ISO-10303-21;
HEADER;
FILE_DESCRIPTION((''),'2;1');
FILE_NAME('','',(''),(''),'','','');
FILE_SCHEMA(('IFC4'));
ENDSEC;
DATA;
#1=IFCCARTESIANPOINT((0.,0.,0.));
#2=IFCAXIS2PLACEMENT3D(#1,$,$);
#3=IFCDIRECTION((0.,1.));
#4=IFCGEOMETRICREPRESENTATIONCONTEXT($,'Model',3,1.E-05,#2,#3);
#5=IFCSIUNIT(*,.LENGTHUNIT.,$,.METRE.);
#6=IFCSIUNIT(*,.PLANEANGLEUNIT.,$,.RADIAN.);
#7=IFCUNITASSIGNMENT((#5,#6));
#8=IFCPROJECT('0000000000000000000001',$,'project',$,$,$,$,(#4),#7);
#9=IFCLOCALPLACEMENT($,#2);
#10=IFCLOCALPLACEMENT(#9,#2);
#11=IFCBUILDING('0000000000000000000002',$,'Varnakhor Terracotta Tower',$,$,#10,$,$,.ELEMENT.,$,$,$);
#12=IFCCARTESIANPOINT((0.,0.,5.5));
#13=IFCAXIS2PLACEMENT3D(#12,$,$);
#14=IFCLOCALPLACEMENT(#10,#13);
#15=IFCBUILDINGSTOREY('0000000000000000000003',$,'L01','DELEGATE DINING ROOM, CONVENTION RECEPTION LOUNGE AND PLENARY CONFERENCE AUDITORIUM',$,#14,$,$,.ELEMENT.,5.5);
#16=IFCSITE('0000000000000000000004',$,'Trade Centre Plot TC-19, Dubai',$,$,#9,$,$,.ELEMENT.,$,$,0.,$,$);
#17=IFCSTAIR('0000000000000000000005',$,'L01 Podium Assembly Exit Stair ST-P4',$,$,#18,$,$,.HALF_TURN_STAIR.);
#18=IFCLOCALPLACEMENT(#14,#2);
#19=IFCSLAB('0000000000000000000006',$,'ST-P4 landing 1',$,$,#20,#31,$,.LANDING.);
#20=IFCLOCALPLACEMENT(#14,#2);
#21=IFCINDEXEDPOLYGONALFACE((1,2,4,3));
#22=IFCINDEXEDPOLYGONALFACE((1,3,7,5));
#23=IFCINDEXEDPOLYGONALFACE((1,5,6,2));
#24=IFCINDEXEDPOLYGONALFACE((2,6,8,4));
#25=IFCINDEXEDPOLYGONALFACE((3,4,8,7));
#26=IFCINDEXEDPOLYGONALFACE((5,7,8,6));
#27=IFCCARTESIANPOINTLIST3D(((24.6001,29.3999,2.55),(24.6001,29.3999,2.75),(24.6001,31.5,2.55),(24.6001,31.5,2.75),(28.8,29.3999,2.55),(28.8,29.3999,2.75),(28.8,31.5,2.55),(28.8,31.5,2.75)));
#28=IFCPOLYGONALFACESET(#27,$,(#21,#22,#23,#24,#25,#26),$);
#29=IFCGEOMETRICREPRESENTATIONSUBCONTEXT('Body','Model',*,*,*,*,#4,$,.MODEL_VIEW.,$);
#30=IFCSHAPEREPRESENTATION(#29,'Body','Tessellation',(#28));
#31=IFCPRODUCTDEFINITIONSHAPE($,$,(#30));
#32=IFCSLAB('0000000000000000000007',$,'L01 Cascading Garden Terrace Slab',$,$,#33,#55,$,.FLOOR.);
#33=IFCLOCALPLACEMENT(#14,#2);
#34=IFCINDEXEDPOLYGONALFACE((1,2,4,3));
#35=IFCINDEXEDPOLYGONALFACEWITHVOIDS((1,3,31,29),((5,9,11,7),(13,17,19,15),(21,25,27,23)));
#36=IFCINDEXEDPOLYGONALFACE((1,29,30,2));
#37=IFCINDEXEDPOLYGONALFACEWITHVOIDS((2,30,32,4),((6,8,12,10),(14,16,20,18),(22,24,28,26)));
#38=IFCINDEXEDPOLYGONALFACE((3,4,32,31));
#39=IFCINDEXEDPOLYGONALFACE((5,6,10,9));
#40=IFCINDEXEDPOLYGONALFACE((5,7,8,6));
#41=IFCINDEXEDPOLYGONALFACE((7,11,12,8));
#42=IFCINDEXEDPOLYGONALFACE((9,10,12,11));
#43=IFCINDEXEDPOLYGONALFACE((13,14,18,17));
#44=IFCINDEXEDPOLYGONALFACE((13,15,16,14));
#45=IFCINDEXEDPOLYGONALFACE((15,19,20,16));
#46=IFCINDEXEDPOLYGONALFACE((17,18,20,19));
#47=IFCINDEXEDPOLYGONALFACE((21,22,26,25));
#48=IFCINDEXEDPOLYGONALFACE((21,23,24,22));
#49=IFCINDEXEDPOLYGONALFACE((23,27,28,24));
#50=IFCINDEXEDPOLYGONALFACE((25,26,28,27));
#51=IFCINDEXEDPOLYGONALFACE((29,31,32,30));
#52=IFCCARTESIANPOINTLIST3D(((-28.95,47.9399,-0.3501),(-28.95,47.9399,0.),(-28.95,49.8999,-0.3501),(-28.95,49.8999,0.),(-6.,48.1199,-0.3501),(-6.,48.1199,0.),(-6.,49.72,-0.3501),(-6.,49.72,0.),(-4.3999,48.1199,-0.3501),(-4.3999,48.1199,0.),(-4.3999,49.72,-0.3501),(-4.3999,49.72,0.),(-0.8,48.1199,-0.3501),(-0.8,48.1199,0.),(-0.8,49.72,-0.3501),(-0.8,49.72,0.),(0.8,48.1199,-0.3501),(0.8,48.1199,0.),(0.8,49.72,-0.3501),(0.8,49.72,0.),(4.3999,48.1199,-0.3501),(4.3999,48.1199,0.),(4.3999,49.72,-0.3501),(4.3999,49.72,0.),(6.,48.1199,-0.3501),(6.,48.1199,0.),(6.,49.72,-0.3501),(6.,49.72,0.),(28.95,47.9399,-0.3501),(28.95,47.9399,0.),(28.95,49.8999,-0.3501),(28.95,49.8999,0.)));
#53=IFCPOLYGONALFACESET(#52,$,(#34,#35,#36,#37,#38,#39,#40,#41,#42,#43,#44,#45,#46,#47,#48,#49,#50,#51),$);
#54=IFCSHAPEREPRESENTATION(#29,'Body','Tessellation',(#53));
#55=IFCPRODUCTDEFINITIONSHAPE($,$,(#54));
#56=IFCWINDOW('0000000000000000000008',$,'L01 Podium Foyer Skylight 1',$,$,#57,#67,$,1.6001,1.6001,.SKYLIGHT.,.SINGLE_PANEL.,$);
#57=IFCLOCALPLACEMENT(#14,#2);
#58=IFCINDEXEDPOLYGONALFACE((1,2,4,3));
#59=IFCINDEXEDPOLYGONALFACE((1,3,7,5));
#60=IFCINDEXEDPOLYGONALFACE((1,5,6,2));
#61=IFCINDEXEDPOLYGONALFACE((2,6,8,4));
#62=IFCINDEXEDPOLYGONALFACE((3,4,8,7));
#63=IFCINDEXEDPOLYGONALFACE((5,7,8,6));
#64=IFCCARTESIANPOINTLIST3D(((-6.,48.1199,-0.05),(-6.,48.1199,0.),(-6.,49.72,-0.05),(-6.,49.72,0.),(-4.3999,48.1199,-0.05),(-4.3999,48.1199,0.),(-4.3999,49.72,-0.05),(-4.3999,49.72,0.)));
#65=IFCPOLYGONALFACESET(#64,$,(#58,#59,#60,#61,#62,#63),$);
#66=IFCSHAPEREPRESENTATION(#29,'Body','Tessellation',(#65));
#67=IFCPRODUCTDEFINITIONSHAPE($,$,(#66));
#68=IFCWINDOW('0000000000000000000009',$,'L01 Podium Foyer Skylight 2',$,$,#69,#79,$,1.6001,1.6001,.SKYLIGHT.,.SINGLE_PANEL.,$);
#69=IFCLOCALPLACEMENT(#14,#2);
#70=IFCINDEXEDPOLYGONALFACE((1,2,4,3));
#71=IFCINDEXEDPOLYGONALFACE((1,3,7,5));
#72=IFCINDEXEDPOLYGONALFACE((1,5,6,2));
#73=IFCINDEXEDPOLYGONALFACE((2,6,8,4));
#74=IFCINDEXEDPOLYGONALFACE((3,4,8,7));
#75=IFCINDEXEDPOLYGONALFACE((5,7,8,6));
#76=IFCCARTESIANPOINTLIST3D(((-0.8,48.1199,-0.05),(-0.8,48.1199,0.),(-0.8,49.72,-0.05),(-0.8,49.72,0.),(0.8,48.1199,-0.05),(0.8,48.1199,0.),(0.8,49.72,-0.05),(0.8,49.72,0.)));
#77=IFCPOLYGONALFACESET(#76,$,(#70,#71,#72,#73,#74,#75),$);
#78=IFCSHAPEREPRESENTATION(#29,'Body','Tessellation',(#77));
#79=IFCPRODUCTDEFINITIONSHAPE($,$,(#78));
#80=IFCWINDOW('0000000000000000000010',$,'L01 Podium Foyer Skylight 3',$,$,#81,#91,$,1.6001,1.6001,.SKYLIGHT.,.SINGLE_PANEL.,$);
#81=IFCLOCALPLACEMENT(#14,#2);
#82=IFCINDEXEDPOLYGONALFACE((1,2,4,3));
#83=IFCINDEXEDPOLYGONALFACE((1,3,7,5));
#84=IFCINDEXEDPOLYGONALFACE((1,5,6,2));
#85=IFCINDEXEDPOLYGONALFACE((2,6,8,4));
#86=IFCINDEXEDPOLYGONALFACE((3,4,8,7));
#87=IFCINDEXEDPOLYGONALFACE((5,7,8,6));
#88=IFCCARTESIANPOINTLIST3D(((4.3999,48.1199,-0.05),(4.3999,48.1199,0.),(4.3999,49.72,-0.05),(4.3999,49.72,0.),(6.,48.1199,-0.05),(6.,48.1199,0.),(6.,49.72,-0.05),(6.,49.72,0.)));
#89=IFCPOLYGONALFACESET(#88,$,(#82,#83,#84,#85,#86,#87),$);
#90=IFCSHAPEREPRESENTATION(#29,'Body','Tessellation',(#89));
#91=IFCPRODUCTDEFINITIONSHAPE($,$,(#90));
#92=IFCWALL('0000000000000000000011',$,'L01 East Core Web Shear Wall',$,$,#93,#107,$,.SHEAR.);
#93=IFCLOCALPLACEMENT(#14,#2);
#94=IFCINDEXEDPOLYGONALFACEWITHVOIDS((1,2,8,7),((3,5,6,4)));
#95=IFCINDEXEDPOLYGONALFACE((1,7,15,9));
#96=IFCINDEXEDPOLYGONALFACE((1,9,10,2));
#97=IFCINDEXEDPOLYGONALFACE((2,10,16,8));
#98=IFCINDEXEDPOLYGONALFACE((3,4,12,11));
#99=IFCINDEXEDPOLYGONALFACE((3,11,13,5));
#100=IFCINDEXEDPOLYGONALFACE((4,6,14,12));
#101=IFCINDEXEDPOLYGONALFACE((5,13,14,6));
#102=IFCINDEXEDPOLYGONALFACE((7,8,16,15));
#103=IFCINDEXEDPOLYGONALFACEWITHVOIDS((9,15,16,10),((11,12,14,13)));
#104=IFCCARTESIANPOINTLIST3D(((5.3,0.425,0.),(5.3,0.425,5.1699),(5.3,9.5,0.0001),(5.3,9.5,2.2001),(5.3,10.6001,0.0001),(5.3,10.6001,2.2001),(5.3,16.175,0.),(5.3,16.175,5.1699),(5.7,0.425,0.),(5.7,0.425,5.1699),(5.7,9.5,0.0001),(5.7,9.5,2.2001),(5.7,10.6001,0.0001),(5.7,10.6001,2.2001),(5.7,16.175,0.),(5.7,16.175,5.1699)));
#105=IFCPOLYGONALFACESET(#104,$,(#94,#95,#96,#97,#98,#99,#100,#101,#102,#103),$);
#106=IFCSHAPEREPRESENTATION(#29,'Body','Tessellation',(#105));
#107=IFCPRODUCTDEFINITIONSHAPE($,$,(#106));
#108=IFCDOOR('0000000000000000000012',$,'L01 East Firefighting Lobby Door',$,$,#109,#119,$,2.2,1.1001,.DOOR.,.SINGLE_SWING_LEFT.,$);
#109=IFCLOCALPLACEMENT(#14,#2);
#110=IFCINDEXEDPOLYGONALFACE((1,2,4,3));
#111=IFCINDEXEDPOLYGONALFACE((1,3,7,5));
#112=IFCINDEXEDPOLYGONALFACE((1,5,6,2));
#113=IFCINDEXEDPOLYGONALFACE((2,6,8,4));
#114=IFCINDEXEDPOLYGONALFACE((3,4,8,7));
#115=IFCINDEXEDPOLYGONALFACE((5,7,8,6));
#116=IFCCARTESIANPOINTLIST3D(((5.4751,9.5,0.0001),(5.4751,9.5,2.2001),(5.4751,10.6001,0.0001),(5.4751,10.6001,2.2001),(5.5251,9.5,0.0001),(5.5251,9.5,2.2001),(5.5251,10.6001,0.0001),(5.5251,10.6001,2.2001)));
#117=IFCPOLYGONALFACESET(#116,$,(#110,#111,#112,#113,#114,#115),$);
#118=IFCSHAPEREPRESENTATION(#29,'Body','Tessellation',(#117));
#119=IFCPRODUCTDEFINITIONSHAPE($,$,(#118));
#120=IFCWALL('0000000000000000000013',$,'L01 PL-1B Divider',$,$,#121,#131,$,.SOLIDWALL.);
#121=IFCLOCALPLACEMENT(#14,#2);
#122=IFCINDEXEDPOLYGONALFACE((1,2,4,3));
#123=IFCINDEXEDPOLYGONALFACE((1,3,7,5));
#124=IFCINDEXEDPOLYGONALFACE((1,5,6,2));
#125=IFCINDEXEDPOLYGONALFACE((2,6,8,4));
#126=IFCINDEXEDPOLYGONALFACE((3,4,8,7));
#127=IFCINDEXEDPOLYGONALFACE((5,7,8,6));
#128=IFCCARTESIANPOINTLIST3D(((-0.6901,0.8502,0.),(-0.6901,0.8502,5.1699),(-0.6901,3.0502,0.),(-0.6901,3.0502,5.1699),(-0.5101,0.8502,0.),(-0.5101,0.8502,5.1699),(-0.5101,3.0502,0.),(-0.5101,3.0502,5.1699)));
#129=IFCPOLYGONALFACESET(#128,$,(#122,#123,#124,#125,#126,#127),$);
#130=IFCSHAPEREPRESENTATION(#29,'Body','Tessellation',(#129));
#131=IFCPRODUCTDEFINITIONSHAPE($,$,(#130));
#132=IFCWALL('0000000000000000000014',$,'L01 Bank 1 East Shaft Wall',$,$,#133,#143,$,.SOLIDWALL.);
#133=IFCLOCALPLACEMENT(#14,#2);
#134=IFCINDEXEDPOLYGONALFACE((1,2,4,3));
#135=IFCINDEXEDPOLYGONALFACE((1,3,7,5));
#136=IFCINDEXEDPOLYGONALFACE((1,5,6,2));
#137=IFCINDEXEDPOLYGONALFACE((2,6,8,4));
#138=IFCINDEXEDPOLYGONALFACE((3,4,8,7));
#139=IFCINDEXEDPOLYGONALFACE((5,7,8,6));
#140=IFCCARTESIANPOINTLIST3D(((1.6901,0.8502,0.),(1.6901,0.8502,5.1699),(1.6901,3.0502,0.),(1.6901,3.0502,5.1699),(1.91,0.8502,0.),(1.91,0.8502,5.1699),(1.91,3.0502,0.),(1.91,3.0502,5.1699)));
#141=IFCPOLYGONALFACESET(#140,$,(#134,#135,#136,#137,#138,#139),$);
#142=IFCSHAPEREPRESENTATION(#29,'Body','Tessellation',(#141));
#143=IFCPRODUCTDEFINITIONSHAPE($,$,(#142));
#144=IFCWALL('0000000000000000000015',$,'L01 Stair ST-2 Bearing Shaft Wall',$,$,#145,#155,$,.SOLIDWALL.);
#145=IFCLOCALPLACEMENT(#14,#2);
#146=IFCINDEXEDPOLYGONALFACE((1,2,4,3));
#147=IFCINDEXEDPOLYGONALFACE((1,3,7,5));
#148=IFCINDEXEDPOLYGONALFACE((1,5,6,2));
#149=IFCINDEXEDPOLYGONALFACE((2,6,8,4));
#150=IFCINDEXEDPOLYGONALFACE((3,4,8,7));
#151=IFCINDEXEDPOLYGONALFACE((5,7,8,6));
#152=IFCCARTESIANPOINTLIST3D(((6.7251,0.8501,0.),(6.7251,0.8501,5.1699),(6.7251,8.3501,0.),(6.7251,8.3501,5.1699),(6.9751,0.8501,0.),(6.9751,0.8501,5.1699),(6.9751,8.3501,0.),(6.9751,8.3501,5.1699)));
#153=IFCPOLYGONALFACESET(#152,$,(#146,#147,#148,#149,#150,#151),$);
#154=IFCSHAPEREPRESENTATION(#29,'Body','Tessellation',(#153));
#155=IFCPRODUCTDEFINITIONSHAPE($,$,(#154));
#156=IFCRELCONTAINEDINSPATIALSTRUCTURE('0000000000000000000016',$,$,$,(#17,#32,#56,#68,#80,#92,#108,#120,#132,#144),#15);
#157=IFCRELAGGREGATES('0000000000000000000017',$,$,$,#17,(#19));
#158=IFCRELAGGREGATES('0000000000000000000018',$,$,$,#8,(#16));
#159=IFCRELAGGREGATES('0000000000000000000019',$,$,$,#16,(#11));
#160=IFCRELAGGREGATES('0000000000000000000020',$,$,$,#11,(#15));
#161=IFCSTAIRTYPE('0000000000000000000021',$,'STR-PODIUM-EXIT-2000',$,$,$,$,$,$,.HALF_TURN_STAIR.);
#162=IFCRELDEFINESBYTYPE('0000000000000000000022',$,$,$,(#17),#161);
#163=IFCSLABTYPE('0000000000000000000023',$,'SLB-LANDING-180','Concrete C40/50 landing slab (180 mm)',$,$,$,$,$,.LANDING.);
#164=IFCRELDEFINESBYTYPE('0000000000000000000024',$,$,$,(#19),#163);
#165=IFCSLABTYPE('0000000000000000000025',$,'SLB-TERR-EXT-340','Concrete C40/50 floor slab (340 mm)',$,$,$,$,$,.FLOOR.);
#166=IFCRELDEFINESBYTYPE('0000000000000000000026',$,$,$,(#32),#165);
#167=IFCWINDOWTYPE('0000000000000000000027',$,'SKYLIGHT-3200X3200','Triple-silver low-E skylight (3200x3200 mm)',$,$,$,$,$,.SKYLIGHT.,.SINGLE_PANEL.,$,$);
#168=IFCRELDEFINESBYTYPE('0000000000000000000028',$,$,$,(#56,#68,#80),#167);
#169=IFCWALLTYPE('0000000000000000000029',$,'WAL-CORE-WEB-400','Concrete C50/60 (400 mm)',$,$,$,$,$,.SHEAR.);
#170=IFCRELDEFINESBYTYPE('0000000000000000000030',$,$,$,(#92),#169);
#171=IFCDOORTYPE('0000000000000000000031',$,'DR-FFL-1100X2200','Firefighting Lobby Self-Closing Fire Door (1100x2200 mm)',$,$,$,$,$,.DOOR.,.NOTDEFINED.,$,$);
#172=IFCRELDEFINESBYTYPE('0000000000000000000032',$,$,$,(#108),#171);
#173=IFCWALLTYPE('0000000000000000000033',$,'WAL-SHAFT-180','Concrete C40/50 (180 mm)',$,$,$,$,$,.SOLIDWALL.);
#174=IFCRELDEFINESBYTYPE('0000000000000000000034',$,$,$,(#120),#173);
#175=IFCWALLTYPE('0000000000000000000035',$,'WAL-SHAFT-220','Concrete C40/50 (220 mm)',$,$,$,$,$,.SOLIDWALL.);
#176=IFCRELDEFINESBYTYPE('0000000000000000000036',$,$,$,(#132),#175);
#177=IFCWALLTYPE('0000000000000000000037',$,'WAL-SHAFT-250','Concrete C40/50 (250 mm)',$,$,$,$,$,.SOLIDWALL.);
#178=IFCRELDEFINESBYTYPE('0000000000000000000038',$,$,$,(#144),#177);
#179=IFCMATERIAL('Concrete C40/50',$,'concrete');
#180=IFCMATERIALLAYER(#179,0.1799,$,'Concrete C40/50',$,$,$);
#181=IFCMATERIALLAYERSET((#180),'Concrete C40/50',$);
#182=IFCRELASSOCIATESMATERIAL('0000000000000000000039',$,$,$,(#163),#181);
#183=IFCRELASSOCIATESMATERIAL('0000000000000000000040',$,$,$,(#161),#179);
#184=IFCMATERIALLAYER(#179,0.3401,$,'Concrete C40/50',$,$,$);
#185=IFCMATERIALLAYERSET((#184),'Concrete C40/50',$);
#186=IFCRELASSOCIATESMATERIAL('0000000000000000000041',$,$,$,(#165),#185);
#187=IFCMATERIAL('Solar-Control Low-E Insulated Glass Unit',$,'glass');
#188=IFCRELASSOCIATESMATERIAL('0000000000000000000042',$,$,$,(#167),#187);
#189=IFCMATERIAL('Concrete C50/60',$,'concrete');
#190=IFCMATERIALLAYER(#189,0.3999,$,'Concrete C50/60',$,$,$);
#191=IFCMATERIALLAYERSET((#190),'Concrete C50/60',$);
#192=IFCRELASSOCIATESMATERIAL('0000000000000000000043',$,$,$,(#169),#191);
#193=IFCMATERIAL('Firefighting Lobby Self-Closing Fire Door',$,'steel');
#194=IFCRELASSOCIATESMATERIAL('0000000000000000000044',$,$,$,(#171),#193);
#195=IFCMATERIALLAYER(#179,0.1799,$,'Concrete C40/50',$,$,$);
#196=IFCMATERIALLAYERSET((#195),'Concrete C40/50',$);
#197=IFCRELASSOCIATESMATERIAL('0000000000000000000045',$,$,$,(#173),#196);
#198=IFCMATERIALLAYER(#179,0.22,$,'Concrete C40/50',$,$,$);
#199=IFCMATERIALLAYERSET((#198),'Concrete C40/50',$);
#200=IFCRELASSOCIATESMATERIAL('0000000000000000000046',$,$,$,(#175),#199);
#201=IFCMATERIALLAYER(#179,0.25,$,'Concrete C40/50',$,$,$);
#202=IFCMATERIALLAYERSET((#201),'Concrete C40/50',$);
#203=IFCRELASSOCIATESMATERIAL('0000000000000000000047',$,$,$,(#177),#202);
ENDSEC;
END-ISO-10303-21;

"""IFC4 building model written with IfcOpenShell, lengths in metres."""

from ifc_helpers import new_model, si_unit, direction, frame, frame_2d, origin, origin_2d, place, context, subcontext, project, spatial, polyline, rectangle, outline, extrude, source, transform, mapped, material, layer, layer_set, type_object, type_shapes, element, fill, aggregate, save


model = new_model("IFC4")

# Units and contexts
model_context = context("Model", 3, precision=1e-05, world=origin(), true_north=direction((0.0, 1.0)))
body_context = subcontext(model_context, "Body", "Model", "MODEL_VIEW")
ifc_project = project(units=[si_unit("LENGTHUNIT", "METRE"), si_unit("PLANEANGLEUNIT", "RADIAN")], contexts=[model_context])

# Site, building, storey
site_placement = place(None, origin())
site = spatial("IfcSite", under=ifc_project, at=site_placement, Name="Trade Centre Plot TC-19, Dubai", CompositionType="ELEMENT", RefElevation=0.0)
building_placement = place(site_placement, origin())
building = spatial("IfcBuilding", under=site, at=building_placement, Name="Varnakhor Terracotta Tower", CompositionType="ELEMENT")
storey_placement = place(building_placement, frame((0.0, 0.0, 5.5)))
storey = spatial("IfcBuildingStorey", under=building, at=storey_placement, Name="L01", Description="DELEGATE DINING ROOM, CONVENTION RECEPTION LOUNGE AND PLENARY CONFERENCE AUDITORIUM", CompositionType="ELEMENT", Elevation=5.5)

# Shared definitions
ifc_material_1 = material(Name="Concrete C50/60", Category="concrete")

# Shared definitions
ifc_material_2 = material(Name="Concrete C40/50", Category="concrete")

# Stair, slab
ifc_layer_1 = layer(ifc_material_2, 0.1799, Name="Concrete C40/50")
ifc_layer_set_1 = layer_set([ifc_layer_1], Name="Concrete C40/50")
slab_type_1 = type_object("IfcSlabType", Name="SLB-LANDING-180", Description="Concrete C40/50 landing slab (180 mm)", PredefinedType="LANDING", material=ifc_layer_set_1)
stair_type_1 = type_object("IfcStairType", Name="STR-PODIUM-EXIT-2000", PredefinedType="HALF_TURN_STAIR", material=ifc_material_2)
stair_1_placement = place(storey_placement, origin())
stair_1 = element("IfcStair", 1, at=stair_1_placement, inside=storey, type_object=stair_type_1, Name="L01 Podium Assembly Exit Stair ST-P4", PredefinedType="HALF_TURN_STAIR")
slab_1_placement = place(storey_placement, frame((0.0, 0.0, 2.55)))
slab_1 = element("IfcSlab", 2, at=slab_1_placement, type_object=slab_type_1, Name="ST-P4 landing 1", PredefinedType="LANDING", context=body_context, shape_type="SweptSolid", body=[
    extrude(outline(polyline([(24.6001, 31.5), (24.6001, 29.3999), (28.8, 29.3999), (28.8, 31.5), (24.6001, 31.5)])), origin(), (0.0, 0.0, 1.0), 0.2),
])
aggregate(stair_1, [slab_1])

# Slab, openings, windows
ifc_layer_2 = layer(ifc_material_2, 0.3401, Name="Concrete C40/50")
ifc_layer_set_2 = layer_set([ifc_layer_2], Name="Concrete C40/50")
slab_type_2 = type_object("IfcSlabType", Name="SLB-TERR-EXT-340", Description="Concrete C40/50 floor slab (340 mm)", PredefinedType="FLOOR", material=ifc_layer_set_2)
slab_2_placement = place(storey_placement, frame((0.0, 0.0, -0.3501)))
slab_2 = element("IfcSlab", 3, at=slab_2_placement, inside=storey, type_object=slab_type_2, Name="L01 Cascading Garden Terrace Slab", PredefinedType="FLOOR", context=body_context, shape_type="SweptSolid", body=[
    extrude(outline(polyline([(-28.95, 49.8999), (28.95, 49.8999), (28.95, 47.9399), (-28.95, 47.9399), (-28.95, 49.8999)])), origin(), (0.0, 0.0, 1.0), 0.3501),
])
opening_1_placement = place(slab_2_placement, frame((-5.2, 48.9199, -0.01)))
opening_1 = element("IfcOpeningElement", 4, at=opening_1_placement, cuts=slab_2, PredefinedType="OPENING", context=body_context, shape_type="SweptSolid", body=[
    extrude(rectangle(XDim=1.6001, YDim=1.6001, at=origin_2d()), origin(), (0.0, 0.0, 1.0), 0.3701),
])
opening_2_placement = place(slab_2_placement, frame((0.0, 48.9199, -0.01)))
opening_2 = element("IfcOpeningElement", 5, at=opening_2_placement, cuts=slab_2, PredefinedType="OPENING", context=body_context, shape_type="SweptSolid", body=[
    extrude(rectangle(XDim=1.6001, YDim=1.6001, at=origin_2d()), origin(), (0.0, 0.0, 1.0), 0.3701),
])
opening_3_placement = place(slab_2_placement, frame((5.2, 48.9199, -0.01)))
opening_3 = element("IfcOpeningElement", 6, at=opening_3_placement, cuts=slab_2, PredefinedType="OPENING", context=body_context, shape_type="SweptSolid", body=[
    extrude(rectangle(XDim=1.6001, YDim=1.6001, at=origin_2d()), origin(), (0.0, 0.0, 1.0), 0.3701),
])
ifc_material_3 = material(Name="Solar-Control Low-E Insulated Glass Unit", Category="glass")
window_type = type_object("IfcWindowType", Name="SKYLIGHT-3200X3200", Description="Triple-silver low-E skylight (3200x3200 mm)", PartitioningType="SINGLE_PANEL", PredefinedType="SKYLIGHT", material=ifc_material_3)
window_1_placement = place(slab_2_placement, frame((-5.2, 48.9199, 0.3)))
window_1 = element("IfcWindow", 7, at=window_1_placement, inside=storey, type_object=window_type, Name="L01 Podium Foyer Skylight 1", OverallHeight=1.6001, OverallWidth=1.6001, PartitioningType="SINGLE_PANEL", PredefinedType="SKYLIGHT", context=body_context, shape_type="SweptSolid", body=[
    extrude(rectangle(XDim=1.6001, YDim=1.6001, at=origin_2d()), origin(), (0.0, 0.0, 1.0), 0.05),
])
fill(opening_1, window_1)
window_2_placement = place(slab_2_placement, frame((0.0, 48.9199, 0.3)))
window_2 = element("IfcWindow", 8, at=window_2_placement, inside=storey, type_object=window_type, Name="L01 Podium Foyer Skylight 2", OverallHeight=1.6001, OverallWidth=1.6001, PartitioningType="SINGLE_PANEL", PredefinedType="SKYLIGHT", context=body_context, shape_type="SweptSolid", body=[
    extrude(rectangle(XDim=1.6001, YDim=1.6001, at=origin_2d()), origin(), (0.0, 0.0, 1.0), 0.05),
])
fill(opening_2, window_2)
window_3_placement = place(slab_2_placement, frame((5.2, 48.9199, 0.3)))
window_3 = element("IfcWindow", 9, at=window_3_placement, inside=storey, type_object=window_type, Name="L01 Podium Foyer Skylight 3", OverallHeight=1.6001, OverallWidth=1.6001, PartitioningType="SINGLE_PANEL", PredefinedType="SKYLIGHT", context=body_context, shape_type="SweptSolid", body=[
    extrude(rectangle(XDim=1.6001, YDim=1.6001, at=origin_2d()), origin(), (0.0, 0.0, 1.0), 0.05),
])
fill(opening_3, window_3)

# Wall, opening, door
ifc_layer_3 = layer(ifc_material_1, 0.3999, Name="Concrete C50/60")
ifc_layer_set_3 = layer_set([ifc_layer_3], Name="Concrete C50/60")
wall_type_1 = type_object("IfcWallType", Name="WAL-CORE-WEB-400", Description="Concrete C50/60 (400 mm)", PredefinedType="SHEAR", material=ifc_layer_set_3)
wall_1_placement = place(storey_placement, frame((5.5, 0.425, 0.0), z_axis=(0.0, 0.0, 1.0), x_axis=(0.0, 1.0, 0.0)))
wall_1 = element("IfcWall", 10, at=wall_1_placement, inside=storey, type_object=wall_type_1, Name="L01 East Core Web Shear Wall", PredefinedType="SHEAR", context=body_context, shape_type="SweptSolid", body=[
    extrude(rectangle(XDim=15.75, YDim=0.3999, at=frame_2d((7.875, 0.0))), origin(), (0.0, 0.0, 1.0), 5.1699),
])
opening_4_placement = place(wall_1_placement, frame((9.075, 0.0, 0.0)))
opening_4 = element("IfcOpeningElement", 11, at=opening_4_placement, cuts=wall_1, PredefinedType="OPENING", context=body_context, shape_type="SweptSolid", body=[
    extrude(rectangle(XDim=1.1001, YDim=2.2, at=frame_2d((0.55, 1.1001))), frame((0.0, 0.21, 0.0), z_axis=(0.0, -1.0, 0.0), x_axis=(1.0, 0.0, 0.0)), (0.0, 0.0, 1.0), 0.4199),
])
ifc_material_4 = material(Name="Firefighting Lobby Self-Closing Fire Door", Category="steel")
door_type_1 = type_object("IfcDoorType", Name="DR-FFL-1100X2200", Description="Firefighting Lobby Self-Closing Fire Door (1100x2200 mm)", OperationType="NOTDEFINED", PredefinedType="DOOR", material=ifc_material_4)
shared_shape_1 = source(origin(), body_context, "Body", "SweptSolid", [
    extrude(rectangle(XDim=1.1001, YDim=2.2, at=frame_2d((0.55, 1.1001))), frame((0.0, 0.0249, 0.0), z_axis=(0.0, -1.0, 0.0), x_axis=(1.0, 0.0, 0.0)), (0.0, 0.0, 1.0), 0.05),
])
type_shapes(door_type_1, [shared_shape_1])
door_1_placement = place(opening_4_placement, origin())
door_1 = element("IfcDoor", 12, at=door_1_placement, inside=storey, type_object=door_type_1, Name="L01 East Firefighting Lobby Door", OperationType="SINGLE_SWING_LEFT", OverallHeight=2.2, OverallWidth=1.1001, PredefinedType="DOOR", context=body_context, shape_type="MappedRepresentation", body=[
    mapped(shared_shape_1, transform((0.0, 0.0, 0.0), scale=1.0)),
])
fill(opening_4, door_1)

# Walls
ifc_layer_4 = layer(ifc_material_2, 0.1799, Name="Concrete C40/50")
ifc_layer_set_4 = layer_set([ifc_layer_4], Name="Concrete C40/50")
wall_type_2 = type_object("IfcWallType", Name="WAL-SHAFT-180", Description="Concrete C40/50 (180 mm)", PredefinedType="SOLIDWALL", material=ifc_layer_set_4)
wall_2_placement = place(storey_placement, frame((-0.6001, 0.8501, 0.0), z_axis=(0.0, 0.0, 1.0), x_axis=(0.0, 1.0, 0.0)))
element("IfcWall", 13, at=wall_2_placement, inside=storey, type_object=wall_type_2, Name="L01 PL-1B Divider", PredefinedType="SOLIDWALL", context=body_context, shape_type="SweptSolid", body=[
    extrude(rectangle(XDim=2.2, YDim=0.1799, at=frame_2d((1.1001, 0.0))), origin(), (0.0, 0.0, 1.0), 5.1699),
])
ifc_layer_5 = layer(ifc_material_2, 0.22, Name="Concrete C40/50")
ifc_layer_set_5 = layer_set([ifc_layer_5], Name="Concrete C40/50")
wall_type_3 = type_object("IfcWallType", Name="WAL-SHAFT-220", Description="Concrete C40/50 (220 mm)", PredefinedType="SOLIDWALL", material=ifc_layer_set_5)
wall_3_placement = place(storey_placement, frame((1.8, 0.8501, 0.0), z_axis=(0.0, 0.0, 1.0), x_axis=(0.0, 1.0, 0.0)))
element("IfcWall", 14, at=wall_3_placement, inside=storey, type_object=wall_type_3, Name="L01 Bank 1 East Shaft Wall", PredefinedType="SOLIDWALL", context=body_context, shape_type="SweptSolid", body=[
    extrude(rectangle(XDim=2.2, YDim=0.22, at=frame_2d((1.1001, 0.0))), origin(), (0.0, 0.0, 1.0), 5.1699),
])
ifc_layer_6 = layer(ifc_material_2, 0.25, Name="Concrete C40/50")
ifc_layer_set_6 = layer_set([ifc_layer_6], Name="Concrete C40/50")
wall_type_4 = type_object("IfcWallType", Name="WAL-SHAFT-250", Description="Concrete C40/50 (250 mm)", PredefinedType="SOLIDWALL", material=ifc_layer_set_6)
wall_4_placement = place(storey_placement, frame((6.8501, 0.8501, 0.0), z_axis=(0.0, 0.0, 1.0), x_axis=(0.0, 1.0, 0.0)))
element("IfcWall", 15, at=wall_4_placement, inside=storey, type_object=wall_type_4, Name="L01 Stair ST-2 Bearing Shaft Wall", PredefinedType="SOLIDWALL", context=body_context, shape_type="SweptSolid", body=[
    extrude(rectangle(XDim=7.5, YDim=0.25, at=frame_2d((3.75, 0.0))), origin(), (0.0, 0.0, 1.0), 5.1699),
])

save(model, "model.ifc")
